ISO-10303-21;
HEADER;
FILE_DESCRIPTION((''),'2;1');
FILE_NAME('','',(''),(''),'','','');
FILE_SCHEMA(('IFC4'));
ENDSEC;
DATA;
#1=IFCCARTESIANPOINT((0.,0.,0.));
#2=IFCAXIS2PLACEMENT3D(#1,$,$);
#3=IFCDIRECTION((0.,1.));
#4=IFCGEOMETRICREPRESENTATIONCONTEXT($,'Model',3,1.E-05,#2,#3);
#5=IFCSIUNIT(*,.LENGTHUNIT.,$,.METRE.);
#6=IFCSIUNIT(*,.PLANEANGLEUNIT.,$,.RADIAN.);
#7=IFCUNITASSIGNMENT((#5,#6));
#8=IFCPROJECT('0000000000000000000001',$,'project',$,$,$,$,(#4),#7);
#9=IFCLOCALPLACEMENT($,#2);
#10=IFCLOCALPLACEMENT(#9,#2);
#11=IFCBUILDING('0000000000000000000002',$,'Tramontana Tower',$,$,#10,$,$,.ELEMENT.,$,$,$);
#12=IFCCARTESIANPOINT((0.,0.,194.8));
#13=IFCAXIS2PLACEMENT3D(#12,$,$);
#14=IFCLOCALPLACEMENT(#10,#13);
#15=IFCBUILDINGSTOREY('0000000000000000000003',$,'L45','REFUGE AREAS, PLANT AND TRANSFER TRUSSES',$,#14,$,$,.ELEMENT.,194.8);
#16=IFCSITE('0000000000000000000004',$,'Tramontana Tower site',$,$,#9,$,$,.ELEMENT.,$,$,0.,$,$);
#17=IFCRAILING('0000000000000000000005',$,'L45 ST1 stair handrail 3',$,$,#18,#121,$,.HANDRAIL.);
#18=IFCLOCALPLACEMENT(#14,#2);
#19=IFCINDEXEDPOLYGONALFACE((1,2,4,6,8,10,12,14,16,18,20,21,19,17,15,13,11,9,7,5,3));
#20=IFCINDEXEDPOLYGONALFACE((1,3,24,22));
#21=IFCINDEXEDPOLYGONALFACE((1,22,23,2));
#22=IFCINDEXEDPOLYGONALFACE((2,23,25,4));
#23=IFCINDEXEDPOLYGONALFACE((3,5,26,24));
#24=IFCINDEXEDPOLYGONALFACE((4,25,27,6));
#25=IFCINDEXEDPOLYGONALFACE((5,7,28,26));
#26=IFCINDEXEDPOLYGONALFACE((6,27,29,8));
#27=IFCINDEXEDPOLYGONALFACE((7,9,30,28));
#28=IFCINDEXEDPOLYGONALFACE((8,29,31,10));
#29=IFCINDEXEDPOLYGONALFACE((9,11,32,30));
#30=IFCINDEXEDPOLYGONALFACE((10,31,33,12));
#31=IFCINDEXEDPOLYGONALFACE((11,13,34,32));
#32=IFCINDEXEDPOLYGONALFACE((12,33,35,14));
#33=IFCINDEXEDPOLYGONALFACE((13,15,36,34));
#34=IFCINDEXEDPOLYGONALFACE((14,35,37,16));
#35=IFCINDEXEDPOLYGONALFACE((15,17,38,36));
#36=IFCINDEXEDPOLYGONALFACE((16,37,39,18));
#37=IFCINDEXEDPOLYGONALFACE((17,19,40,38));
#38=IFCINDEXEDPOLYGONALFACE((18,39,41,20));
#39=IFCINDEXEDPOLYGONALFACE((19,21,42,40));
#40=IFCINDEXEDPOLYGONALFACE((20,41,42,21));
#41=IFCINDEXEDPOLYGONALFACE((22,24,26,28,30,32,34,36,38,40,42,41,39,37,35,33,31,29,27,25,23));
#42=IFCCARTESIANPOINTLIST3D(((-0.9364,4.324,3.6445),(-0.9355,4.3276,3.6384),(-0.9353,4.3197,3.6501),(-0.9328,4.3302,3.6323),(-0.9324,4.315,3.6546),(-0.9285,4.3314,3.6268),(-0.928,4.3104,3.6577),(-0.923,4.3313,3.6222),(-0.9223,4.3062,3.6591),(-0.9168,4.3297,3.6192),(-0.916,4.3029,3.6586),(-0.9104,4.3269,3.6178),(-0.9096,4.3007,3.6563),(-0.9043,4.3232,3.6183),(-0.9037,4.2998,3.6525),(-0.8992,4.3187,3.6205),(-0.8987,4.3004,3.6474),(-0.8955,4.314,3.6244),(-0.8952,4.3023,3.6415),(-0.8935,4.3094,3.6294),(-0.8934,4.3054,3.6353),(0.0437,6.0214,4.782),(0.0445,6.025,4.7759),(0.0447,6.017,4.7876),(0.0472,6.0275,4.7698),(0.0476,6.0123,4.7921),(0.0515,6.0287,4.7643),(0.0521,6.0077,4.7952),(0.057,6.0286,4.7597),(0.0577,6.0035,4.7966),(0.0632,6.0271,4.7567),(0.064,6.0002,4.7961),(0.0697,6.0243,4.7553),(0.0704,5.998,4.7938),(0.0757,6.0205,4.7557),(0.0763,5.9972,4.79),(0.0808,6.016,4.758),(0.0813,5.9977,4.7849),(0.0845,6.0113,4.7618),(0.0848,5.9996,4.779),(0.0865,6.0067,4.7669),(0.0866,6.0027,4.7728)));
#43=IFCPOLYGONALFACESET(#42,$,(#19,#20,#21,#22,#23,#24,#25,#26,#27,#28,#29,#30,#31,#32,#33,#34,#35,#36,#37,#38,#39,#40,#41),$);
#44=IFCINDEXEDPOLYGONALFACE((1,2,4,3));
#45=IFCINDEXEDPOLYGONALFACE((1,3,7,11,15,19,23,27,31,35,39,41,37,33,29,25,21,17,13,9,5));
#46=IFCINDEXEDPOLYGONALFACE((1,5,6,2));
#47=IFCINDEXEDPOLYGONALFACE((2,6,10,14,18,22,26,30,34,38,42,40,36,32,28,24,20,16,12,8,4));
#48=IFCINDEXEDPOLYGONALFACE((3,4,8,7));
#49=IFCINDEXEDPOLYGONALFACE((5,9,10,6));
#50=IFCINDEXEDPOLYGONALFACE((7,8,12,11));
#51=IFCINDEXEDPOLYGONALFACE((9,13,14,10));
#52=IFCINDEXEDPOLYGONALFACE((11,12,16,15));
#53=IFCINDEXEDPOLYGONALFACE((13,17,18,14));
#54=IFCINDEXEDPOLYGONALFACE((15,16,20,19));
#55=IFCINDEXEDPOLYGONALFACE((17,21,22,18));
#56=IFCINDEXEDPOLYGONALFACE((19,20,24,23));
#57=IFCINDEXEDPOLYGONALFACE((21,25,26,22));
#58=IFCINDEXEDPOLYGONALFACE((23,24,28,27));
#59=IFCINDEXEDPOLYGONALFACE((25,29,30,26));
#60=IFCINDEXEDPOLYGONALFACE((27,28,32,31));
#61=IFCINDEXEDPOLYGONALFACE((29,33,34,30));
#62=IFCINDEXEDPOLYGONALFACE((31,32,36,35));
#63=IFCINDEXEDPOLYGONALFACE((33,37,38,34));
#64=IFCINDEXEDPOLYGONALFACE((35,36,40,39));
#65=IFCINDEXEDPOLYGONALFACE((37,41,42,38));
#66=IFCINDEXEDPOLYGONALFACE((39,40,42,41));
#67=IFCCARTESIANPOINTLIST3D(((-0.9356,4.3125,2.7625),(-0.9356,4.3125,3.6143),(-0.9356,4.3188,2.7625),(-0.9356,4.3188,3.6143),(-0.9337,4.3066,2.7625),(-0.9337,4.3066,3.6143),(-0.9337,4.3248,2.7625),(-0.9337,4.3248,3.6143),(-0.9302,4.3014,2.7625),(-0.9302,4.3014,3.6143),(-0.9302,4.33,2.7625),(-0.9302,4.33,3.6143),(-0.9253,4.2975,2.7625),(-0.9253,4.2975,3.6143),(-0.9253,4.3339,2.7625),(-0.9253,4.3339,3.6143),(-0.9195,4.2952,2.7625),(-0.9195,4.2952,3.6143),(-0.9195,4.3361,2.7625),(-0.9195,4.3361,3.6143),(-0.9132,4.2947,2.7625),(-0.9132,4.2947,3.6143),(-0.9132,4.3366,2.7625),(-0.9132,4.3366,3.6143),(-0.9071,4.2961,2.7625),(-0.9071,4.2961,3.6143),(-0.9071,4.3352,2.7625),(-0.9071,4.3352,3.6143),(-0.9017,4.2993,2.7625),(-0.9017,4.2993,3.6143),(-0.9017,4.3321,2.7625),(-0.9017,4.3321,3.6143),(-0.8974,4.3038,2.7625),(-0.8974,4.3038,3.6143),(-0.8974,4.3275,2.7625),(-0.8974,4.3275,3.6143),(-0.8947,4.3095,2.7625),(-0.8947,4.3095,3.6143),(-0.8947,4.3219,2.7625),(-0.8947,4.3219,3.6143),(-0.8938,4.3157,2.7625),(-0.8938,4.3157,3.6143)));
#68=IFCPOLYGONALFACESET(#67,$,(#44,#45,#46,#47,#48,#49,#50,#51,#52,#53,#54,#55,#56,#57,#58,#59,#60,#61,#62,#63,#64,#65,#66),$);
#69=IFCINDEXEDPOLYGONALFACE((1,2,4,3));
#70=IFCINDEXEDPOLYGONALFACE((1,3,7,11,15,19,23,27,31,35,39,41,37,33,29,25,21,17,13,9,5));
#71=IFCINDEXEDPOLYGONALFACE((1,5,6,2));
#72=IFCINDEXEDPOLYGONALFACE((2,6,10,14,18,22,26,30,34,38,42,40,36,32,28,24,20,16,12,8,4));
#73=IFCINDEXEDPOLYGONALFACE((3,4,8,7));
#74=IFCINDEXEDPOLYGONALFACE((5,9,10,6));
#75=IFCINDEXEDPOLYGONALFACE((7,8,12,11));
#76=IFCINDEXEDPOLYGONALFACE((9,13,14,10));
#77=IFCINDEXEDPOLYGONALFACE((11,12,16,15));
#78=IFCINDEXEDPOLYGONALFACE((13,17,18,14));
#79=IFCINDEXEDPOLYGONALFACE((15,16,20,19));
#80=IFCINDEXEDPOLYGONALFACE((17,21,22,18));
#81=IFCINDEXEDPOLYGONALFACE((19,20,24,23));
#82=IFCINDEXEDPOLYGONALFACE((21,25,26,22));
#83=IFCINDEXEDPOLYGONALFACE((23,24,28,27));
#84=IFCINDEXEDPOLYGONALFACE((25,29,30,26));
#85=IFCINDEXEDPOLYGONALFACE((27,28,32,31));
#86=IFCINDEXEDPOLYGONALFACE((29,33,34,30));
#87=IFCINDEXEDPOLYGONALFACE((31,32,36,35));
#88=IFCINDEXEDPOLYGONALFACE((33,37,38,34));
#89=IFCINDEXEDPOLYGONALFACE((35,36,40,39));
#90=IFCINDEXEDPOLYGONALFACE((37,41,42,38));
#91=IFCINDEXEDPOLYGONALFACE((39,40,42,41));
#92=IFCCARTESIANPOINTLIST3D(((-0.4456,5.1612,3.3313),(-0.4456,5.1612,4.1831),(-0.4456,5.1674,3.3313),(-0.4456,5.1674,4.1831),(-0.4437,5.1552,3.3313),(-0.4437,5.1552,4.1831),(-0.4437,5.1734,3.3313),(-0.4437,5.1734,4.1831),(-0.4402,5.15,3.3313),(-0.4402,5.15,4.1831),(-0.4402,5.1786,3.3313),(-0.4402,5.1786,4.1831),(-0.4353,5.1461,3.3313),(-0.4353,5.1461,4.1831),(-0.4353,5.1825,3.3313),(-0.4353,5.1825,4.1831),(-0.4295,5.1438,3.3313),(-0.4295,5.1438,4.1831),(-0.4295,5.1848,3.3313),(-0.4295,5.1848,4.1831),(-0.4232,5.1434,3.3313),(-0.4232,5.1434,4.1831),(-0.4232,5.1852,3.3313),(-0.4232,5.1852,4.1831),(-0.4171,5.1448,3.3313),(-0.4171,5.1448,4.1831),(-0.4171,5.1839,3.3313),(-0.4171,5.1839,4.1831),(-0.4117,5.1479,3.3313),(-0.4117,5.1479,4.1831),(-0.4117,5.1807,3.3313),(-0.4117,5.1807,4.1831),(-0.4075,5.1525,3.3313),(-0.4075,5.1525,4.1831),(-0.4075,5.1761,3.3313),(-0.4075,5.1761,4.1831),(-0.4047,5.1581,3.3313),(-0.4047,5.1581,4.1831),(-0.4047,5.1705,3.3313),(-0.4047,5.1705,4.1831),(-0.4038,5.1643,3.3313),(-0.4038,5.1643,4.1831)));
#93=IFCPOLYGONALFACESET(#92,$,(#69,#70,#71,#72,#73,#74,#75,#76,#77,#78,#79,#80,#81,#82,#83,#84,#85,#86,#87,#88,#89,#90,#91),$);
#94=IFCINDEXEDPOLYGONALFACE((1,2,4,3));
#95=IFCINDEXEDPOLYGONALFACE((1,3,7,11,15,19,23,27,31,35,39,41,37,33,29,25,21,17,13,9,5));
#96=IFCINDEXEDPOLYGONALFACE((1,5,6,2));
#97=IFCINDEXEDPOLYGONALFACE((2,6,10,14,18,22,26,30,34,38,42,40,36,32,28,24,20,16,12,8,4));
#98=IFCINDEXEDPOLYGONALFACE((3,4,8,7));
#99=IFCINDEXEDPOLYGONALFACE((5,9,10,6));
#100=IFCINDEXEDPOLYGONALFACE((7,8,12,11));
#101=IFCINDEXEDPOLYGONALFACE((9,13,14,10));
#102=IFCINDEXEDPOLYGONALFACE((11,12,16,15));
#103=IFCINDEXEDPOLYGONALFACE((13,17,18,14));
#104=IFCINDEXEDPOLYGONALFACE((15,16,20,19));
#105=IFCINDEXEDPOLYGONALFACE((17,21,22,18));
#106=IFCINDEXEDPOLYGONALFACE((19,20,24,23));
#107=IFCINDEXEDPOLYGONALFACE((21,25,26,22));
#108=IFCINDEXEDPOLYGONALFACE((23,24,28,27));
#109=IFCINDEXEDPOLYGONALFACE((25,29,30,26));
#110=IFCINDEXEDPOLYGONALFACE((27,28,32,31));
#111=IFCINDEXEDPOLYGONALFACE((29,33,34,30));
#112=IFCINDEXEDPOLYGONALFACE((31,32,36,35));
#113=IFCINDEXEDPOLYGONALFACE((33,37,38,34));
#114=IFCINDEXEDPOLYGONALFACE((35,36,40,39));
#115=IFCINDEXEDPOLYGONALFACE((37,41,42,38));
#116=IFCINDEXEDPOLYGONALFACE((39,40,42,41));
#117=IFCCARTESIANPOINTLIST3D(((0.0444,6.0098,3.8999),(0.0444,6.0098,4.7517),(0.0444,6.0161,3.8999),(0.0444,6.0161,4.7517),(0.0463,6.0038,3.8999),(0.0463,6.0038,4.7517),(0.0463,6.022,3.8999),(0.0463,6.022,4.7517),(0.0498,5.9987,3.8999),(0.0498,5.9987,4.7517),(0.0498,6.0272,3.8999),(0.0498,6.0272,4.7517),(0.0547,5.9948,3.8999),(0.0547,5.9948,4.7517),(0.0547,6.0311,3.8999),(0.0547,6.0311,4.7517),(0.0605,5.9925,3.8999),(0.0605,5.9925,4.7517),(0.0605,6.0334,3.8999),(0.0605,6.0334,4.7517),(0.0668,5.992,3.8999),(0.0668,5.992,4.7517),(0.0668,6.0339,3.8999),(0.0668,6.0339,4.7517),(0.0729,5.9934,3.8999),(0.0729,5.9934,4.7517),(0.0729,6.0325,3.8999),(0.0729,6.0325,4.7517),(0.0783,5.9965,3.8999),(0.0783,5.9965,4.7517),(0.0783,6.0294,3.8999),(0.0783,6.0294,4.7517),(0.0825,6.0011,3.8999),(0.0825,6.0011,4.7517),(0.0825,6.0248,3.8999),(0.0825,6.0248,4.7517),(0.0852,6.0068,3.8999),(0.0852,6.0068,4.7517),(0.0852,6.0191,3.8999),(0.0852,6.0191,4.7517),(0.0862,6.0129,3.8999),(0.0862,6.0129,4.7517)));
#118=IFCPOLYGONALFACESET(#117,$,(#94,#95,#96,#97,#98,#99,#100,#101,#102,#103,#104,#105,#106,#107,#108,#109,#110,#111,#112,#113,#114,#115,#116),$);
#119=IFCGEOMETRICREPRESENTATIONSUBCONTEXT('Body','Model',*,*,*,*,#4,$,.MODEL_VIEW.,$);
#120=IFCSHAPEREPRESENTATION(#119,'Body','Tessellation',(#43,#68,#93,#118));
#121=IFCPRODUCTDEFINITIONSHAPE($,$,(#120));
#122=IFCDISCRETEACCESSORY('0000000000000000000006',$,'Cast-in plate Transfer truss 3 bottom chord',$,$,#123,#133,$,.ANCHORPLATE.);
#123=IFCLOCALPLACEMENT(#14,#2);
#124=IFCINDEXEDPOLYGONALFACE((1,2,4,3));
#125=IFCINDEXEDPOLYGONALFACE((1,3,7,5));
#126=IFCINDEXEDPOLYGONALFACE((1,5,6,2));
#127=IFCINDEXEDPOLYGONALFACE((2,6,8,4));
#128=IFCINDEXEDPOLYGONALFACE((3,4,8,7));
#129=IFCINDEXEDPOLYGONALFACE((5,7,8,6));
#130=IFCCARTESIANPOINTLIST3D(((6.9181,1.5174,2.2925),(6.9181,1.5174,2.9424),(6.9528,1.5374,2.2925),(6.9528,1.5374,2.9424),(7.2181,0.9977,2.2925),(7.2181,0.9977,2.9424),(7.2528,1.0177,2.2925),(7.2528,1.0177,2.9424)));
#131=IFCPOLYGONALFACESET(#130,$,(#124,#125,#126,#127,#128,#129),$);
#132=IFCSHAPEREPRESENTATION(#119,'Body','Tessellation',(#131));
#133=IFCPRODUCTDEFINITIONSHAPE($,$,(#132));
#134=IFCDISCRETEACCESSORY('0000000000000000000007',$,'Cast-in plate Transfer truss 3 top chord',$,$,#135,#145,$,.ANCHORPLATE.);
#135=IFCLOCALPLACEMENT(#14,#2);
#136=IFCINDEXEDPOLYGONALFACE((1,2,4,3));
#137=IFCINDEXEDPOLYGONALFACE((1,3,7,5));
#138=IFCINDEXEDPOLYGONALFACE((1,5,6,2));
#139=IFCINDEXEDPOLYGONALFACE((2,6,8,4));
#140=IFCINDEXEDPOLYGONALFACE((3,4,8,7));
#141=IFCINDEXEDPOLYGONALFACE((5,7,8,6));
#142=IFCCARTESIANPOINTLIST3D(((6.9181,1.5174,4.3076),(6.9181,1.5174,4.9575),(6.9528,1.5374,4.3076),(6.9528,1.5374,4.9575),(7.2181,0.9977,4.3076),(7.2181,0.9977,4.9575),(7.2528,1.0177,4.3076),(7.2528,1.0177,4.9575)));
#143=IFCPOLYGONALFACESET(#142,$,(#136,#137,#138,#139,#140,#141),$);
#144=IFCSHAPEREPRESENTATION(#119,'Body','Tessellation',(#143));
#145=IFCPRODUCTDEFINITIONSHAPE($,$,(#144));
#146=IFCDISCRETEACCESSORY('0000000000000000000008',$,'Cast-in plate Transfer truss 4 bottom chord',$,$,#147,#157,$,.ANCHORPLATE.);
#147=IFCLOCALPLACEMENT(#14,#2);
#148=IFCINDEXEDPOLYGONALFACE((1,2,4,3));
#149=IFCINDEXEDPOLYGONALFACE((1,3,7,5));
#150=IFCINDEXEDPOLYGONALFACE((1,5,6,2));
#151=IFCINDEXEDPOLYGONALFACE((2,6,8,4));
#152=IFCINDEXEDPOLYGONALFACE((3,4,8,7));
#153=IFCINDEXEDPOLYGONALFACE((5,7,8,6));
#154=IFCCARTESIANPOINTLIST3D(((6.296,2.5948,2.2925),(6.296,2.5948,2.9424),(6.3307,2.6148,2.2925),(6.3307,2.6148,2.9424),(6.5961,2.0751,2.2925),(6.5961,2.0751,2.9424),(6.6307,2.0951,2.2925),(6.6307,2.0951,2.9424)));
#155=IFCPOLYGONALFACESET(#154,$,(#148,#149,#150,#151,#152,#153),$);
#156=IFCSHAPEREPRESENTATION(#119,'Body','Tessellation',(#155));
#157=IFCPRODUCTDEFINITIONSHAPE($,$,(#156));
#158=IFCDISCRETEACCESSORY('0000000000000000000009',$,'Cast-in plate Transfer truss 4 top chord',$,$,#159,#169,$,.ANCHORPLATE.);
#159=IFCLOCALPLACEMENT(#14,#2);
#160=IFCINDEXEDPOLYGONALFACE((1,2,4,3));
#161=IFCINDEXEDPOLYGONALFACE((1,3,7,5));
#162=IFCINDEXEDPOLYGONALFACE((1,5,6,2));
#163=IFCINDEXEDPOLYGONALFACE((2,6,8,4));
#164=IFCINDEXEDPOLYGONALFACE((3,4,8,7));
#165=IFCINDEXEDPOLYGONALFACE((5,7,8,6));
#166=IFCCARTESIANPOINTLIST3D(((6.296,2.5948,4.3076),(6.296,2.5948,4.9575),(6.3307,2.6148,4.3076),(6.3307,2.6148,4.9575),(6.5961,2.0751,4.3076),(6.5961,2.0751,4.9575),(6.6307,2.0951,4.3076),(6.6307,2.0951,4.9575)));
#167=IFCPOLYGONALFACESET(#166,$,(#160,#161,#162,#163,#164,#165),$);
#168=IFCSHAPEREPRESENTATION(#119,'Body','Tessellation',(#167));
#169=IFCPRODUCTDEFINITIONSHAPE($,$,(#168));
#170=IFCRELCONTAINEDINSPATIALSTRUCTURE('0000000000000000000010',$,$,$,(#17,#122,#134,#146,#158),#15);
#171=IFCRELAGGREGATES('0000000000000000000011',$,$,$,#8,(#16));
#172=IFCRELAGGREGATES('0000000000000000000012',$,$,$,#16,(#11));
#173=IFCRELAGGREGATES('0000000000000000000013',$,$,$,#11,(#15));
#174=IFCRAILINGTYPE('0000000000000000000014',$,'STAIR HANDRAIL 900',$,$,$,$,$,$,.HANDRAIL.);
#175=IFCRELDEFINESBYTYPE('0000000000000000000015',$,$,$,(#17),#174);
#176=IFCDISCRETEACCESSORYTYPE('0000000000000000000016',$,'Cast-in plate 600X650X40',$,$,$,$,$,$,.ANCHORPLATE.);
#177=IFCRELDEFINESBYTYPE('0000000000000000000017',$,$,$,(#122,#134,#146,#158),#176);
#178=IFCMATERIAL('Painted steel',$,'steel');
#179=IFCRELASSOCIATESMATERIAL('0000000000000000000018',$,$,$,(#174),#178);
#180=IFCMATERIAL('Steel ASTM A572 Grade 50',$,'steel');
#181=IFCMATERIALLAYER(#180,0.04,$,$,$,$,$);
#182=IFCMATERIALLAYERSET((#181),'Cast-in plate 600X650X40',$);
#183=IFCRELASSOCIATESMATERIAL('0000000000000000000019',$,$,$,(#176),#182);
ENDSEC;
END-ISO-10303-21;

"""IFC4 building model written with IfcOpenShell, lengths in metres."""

from ifc_helpers import new_model, si_unit, direction, frame, origin, origin_2d, place, context, subcontext, project, spatial, rectangle, circle, extrude, material, layer, layer_set, type_object, element, save


model = new_model("IFC4")

# Units and contexts
model_context = context("Model", 3, precision=1e-05, world=origin(), true_north=direction((0.0, 1.0)))
body_context = subcontext(model_context, "Body", "Model", "MODEL_VIEW")
ifc_project = project(units=[si_unit("LENGTHUNIT", "METRE"), si_unit("PLANEANGLEUNIT", "RADIAN")], contexts=[model_context])

# Site, building, storey
site_placement = place(None, origin())
site = spatial("IfcSite", under=ifc_project, at=site_placement, Name="Tramontana Tower site", CompositionType="ELEMENT", RefElevation=0.0)
building_placement = place(site_placement, origin())
building = spatial("IfcBuilding", under=site, at=building_placement, Name="Tramontana Tower", CompositionType="ELEMENT")
storey_placement = place(building_placement, frame((0.0, 0.0, 194.8)))
storey = spatial("IfcBuildingStorey", under=building, at=storey_placement, Name="L45", Description="REFUGE AREAS, PLANT AND TRANSFER TRUSSES", CompositionType="ELEMENT", Elevation=194.8)

# Railing
ifc_material_1 = material(Name="Painted steel", Category="steel")
railing_type = type_object("IfcRailingType", Name="STAIR HANDRAIL 900", PredefinedType="HANDRAIL", material=ifc_material_1)
railing_1_placement = place(storey_placement, frame((-0.9148, 4.3157, 2.7625)))
element("IfcRailing", 1, at=railing_1_placement, inside=storey, type_object=railing_type, Name="L45 ST1 stair handrail 3", PredefinedType="HANDRAIL", context=body_context, shape_type="SweptSolid", body=[
    extrude(circle(Radius=0.0239, at=origin_2d()), frame((0.0, 0.0, 0.876), z_axis=(0.432467, 0.749006, 0.501959), x_axis=(-0.866011, 0.500024, 0.0)), (0.0, 0.0, 1.0), 2.2661),
    extrude(circle(Radius=0.021, at=origin_2d()), origin(), (0.0, 0.0, 1.0), 0.8518),
    extrude(circle(Radius=0.021, at=origin_2d()), frame((0.49, 0.8486, 0.5688)), (0.0, 0.0, 1.0), 0.8518),
    extrude(circle(Radius=0.021, at=origin_2d()), frame((0.98, 1.6973, 1.1375)), (0.0, 0.0, 1.0), 0.8518),
])

# Discrete accessories
ifc_material_2 = material(Name="Steel ASTM A572 Grade 50", Category="steel")
ifc_layer_1 = layer(ifc_material_2, 0.04)
ifc_layer_set_1 = layer_set([ifc_layer_1], Name="Cast-in plate 600X650X40")
discrete_accessory_type = type_object("IfcDiscreteAccessoryType", Name="Cast-in plate 600X650X40", PredefinedType="ANCHORPLATE", material=ifc_layer_set_1)
for number, where, z_axis, x_axis, name in (
    (2, (7.0854, 1.2676, 2.2925), (0.0, 0.0, 1.0), (-0.5, 0.866025, 0.0), "Cast-in plate Transfer truss 3 bottom chord"),
    (3, (7.0854, 1.2676, 4.3076), (0.0, 0.0, 1.0), (-0.5, 0.866025, 0.0), "Cast-in plate Transfer truss 3 top chord"),
    (4, (6.4634, 2.345, 2.2925), (0.0, 0.0, 1.0), (-0.5, 0.866025, 0.0), "Cast-in plate Transfer truss 4 bottom chord"),
    (5, (6.4634, 2.345, 4.3076), (0.0, 0.0, 1.0), (-0.5, 0.866025, 0.0), "Cast-in plate Transfer truss 4 top chord"),
):
    element("IfcDiscreteAccessory", number, at=place(storey_placement, frame(where, z_axis=z_axis, x_axis=x_axis)), inside=storey, type_object=discrete_accessory_type, Name=name, PredefinedType="ANCHORPLATE", context=body_context, shape_type="SweptSolid", body=[
        extrude(rectangle(XDim=0.6001, YDim=0.04, at=origin_2d()), origin(), (0.0, 0.0, 1.0), 0.6499),
    ])

save(model, "model.ifc")
